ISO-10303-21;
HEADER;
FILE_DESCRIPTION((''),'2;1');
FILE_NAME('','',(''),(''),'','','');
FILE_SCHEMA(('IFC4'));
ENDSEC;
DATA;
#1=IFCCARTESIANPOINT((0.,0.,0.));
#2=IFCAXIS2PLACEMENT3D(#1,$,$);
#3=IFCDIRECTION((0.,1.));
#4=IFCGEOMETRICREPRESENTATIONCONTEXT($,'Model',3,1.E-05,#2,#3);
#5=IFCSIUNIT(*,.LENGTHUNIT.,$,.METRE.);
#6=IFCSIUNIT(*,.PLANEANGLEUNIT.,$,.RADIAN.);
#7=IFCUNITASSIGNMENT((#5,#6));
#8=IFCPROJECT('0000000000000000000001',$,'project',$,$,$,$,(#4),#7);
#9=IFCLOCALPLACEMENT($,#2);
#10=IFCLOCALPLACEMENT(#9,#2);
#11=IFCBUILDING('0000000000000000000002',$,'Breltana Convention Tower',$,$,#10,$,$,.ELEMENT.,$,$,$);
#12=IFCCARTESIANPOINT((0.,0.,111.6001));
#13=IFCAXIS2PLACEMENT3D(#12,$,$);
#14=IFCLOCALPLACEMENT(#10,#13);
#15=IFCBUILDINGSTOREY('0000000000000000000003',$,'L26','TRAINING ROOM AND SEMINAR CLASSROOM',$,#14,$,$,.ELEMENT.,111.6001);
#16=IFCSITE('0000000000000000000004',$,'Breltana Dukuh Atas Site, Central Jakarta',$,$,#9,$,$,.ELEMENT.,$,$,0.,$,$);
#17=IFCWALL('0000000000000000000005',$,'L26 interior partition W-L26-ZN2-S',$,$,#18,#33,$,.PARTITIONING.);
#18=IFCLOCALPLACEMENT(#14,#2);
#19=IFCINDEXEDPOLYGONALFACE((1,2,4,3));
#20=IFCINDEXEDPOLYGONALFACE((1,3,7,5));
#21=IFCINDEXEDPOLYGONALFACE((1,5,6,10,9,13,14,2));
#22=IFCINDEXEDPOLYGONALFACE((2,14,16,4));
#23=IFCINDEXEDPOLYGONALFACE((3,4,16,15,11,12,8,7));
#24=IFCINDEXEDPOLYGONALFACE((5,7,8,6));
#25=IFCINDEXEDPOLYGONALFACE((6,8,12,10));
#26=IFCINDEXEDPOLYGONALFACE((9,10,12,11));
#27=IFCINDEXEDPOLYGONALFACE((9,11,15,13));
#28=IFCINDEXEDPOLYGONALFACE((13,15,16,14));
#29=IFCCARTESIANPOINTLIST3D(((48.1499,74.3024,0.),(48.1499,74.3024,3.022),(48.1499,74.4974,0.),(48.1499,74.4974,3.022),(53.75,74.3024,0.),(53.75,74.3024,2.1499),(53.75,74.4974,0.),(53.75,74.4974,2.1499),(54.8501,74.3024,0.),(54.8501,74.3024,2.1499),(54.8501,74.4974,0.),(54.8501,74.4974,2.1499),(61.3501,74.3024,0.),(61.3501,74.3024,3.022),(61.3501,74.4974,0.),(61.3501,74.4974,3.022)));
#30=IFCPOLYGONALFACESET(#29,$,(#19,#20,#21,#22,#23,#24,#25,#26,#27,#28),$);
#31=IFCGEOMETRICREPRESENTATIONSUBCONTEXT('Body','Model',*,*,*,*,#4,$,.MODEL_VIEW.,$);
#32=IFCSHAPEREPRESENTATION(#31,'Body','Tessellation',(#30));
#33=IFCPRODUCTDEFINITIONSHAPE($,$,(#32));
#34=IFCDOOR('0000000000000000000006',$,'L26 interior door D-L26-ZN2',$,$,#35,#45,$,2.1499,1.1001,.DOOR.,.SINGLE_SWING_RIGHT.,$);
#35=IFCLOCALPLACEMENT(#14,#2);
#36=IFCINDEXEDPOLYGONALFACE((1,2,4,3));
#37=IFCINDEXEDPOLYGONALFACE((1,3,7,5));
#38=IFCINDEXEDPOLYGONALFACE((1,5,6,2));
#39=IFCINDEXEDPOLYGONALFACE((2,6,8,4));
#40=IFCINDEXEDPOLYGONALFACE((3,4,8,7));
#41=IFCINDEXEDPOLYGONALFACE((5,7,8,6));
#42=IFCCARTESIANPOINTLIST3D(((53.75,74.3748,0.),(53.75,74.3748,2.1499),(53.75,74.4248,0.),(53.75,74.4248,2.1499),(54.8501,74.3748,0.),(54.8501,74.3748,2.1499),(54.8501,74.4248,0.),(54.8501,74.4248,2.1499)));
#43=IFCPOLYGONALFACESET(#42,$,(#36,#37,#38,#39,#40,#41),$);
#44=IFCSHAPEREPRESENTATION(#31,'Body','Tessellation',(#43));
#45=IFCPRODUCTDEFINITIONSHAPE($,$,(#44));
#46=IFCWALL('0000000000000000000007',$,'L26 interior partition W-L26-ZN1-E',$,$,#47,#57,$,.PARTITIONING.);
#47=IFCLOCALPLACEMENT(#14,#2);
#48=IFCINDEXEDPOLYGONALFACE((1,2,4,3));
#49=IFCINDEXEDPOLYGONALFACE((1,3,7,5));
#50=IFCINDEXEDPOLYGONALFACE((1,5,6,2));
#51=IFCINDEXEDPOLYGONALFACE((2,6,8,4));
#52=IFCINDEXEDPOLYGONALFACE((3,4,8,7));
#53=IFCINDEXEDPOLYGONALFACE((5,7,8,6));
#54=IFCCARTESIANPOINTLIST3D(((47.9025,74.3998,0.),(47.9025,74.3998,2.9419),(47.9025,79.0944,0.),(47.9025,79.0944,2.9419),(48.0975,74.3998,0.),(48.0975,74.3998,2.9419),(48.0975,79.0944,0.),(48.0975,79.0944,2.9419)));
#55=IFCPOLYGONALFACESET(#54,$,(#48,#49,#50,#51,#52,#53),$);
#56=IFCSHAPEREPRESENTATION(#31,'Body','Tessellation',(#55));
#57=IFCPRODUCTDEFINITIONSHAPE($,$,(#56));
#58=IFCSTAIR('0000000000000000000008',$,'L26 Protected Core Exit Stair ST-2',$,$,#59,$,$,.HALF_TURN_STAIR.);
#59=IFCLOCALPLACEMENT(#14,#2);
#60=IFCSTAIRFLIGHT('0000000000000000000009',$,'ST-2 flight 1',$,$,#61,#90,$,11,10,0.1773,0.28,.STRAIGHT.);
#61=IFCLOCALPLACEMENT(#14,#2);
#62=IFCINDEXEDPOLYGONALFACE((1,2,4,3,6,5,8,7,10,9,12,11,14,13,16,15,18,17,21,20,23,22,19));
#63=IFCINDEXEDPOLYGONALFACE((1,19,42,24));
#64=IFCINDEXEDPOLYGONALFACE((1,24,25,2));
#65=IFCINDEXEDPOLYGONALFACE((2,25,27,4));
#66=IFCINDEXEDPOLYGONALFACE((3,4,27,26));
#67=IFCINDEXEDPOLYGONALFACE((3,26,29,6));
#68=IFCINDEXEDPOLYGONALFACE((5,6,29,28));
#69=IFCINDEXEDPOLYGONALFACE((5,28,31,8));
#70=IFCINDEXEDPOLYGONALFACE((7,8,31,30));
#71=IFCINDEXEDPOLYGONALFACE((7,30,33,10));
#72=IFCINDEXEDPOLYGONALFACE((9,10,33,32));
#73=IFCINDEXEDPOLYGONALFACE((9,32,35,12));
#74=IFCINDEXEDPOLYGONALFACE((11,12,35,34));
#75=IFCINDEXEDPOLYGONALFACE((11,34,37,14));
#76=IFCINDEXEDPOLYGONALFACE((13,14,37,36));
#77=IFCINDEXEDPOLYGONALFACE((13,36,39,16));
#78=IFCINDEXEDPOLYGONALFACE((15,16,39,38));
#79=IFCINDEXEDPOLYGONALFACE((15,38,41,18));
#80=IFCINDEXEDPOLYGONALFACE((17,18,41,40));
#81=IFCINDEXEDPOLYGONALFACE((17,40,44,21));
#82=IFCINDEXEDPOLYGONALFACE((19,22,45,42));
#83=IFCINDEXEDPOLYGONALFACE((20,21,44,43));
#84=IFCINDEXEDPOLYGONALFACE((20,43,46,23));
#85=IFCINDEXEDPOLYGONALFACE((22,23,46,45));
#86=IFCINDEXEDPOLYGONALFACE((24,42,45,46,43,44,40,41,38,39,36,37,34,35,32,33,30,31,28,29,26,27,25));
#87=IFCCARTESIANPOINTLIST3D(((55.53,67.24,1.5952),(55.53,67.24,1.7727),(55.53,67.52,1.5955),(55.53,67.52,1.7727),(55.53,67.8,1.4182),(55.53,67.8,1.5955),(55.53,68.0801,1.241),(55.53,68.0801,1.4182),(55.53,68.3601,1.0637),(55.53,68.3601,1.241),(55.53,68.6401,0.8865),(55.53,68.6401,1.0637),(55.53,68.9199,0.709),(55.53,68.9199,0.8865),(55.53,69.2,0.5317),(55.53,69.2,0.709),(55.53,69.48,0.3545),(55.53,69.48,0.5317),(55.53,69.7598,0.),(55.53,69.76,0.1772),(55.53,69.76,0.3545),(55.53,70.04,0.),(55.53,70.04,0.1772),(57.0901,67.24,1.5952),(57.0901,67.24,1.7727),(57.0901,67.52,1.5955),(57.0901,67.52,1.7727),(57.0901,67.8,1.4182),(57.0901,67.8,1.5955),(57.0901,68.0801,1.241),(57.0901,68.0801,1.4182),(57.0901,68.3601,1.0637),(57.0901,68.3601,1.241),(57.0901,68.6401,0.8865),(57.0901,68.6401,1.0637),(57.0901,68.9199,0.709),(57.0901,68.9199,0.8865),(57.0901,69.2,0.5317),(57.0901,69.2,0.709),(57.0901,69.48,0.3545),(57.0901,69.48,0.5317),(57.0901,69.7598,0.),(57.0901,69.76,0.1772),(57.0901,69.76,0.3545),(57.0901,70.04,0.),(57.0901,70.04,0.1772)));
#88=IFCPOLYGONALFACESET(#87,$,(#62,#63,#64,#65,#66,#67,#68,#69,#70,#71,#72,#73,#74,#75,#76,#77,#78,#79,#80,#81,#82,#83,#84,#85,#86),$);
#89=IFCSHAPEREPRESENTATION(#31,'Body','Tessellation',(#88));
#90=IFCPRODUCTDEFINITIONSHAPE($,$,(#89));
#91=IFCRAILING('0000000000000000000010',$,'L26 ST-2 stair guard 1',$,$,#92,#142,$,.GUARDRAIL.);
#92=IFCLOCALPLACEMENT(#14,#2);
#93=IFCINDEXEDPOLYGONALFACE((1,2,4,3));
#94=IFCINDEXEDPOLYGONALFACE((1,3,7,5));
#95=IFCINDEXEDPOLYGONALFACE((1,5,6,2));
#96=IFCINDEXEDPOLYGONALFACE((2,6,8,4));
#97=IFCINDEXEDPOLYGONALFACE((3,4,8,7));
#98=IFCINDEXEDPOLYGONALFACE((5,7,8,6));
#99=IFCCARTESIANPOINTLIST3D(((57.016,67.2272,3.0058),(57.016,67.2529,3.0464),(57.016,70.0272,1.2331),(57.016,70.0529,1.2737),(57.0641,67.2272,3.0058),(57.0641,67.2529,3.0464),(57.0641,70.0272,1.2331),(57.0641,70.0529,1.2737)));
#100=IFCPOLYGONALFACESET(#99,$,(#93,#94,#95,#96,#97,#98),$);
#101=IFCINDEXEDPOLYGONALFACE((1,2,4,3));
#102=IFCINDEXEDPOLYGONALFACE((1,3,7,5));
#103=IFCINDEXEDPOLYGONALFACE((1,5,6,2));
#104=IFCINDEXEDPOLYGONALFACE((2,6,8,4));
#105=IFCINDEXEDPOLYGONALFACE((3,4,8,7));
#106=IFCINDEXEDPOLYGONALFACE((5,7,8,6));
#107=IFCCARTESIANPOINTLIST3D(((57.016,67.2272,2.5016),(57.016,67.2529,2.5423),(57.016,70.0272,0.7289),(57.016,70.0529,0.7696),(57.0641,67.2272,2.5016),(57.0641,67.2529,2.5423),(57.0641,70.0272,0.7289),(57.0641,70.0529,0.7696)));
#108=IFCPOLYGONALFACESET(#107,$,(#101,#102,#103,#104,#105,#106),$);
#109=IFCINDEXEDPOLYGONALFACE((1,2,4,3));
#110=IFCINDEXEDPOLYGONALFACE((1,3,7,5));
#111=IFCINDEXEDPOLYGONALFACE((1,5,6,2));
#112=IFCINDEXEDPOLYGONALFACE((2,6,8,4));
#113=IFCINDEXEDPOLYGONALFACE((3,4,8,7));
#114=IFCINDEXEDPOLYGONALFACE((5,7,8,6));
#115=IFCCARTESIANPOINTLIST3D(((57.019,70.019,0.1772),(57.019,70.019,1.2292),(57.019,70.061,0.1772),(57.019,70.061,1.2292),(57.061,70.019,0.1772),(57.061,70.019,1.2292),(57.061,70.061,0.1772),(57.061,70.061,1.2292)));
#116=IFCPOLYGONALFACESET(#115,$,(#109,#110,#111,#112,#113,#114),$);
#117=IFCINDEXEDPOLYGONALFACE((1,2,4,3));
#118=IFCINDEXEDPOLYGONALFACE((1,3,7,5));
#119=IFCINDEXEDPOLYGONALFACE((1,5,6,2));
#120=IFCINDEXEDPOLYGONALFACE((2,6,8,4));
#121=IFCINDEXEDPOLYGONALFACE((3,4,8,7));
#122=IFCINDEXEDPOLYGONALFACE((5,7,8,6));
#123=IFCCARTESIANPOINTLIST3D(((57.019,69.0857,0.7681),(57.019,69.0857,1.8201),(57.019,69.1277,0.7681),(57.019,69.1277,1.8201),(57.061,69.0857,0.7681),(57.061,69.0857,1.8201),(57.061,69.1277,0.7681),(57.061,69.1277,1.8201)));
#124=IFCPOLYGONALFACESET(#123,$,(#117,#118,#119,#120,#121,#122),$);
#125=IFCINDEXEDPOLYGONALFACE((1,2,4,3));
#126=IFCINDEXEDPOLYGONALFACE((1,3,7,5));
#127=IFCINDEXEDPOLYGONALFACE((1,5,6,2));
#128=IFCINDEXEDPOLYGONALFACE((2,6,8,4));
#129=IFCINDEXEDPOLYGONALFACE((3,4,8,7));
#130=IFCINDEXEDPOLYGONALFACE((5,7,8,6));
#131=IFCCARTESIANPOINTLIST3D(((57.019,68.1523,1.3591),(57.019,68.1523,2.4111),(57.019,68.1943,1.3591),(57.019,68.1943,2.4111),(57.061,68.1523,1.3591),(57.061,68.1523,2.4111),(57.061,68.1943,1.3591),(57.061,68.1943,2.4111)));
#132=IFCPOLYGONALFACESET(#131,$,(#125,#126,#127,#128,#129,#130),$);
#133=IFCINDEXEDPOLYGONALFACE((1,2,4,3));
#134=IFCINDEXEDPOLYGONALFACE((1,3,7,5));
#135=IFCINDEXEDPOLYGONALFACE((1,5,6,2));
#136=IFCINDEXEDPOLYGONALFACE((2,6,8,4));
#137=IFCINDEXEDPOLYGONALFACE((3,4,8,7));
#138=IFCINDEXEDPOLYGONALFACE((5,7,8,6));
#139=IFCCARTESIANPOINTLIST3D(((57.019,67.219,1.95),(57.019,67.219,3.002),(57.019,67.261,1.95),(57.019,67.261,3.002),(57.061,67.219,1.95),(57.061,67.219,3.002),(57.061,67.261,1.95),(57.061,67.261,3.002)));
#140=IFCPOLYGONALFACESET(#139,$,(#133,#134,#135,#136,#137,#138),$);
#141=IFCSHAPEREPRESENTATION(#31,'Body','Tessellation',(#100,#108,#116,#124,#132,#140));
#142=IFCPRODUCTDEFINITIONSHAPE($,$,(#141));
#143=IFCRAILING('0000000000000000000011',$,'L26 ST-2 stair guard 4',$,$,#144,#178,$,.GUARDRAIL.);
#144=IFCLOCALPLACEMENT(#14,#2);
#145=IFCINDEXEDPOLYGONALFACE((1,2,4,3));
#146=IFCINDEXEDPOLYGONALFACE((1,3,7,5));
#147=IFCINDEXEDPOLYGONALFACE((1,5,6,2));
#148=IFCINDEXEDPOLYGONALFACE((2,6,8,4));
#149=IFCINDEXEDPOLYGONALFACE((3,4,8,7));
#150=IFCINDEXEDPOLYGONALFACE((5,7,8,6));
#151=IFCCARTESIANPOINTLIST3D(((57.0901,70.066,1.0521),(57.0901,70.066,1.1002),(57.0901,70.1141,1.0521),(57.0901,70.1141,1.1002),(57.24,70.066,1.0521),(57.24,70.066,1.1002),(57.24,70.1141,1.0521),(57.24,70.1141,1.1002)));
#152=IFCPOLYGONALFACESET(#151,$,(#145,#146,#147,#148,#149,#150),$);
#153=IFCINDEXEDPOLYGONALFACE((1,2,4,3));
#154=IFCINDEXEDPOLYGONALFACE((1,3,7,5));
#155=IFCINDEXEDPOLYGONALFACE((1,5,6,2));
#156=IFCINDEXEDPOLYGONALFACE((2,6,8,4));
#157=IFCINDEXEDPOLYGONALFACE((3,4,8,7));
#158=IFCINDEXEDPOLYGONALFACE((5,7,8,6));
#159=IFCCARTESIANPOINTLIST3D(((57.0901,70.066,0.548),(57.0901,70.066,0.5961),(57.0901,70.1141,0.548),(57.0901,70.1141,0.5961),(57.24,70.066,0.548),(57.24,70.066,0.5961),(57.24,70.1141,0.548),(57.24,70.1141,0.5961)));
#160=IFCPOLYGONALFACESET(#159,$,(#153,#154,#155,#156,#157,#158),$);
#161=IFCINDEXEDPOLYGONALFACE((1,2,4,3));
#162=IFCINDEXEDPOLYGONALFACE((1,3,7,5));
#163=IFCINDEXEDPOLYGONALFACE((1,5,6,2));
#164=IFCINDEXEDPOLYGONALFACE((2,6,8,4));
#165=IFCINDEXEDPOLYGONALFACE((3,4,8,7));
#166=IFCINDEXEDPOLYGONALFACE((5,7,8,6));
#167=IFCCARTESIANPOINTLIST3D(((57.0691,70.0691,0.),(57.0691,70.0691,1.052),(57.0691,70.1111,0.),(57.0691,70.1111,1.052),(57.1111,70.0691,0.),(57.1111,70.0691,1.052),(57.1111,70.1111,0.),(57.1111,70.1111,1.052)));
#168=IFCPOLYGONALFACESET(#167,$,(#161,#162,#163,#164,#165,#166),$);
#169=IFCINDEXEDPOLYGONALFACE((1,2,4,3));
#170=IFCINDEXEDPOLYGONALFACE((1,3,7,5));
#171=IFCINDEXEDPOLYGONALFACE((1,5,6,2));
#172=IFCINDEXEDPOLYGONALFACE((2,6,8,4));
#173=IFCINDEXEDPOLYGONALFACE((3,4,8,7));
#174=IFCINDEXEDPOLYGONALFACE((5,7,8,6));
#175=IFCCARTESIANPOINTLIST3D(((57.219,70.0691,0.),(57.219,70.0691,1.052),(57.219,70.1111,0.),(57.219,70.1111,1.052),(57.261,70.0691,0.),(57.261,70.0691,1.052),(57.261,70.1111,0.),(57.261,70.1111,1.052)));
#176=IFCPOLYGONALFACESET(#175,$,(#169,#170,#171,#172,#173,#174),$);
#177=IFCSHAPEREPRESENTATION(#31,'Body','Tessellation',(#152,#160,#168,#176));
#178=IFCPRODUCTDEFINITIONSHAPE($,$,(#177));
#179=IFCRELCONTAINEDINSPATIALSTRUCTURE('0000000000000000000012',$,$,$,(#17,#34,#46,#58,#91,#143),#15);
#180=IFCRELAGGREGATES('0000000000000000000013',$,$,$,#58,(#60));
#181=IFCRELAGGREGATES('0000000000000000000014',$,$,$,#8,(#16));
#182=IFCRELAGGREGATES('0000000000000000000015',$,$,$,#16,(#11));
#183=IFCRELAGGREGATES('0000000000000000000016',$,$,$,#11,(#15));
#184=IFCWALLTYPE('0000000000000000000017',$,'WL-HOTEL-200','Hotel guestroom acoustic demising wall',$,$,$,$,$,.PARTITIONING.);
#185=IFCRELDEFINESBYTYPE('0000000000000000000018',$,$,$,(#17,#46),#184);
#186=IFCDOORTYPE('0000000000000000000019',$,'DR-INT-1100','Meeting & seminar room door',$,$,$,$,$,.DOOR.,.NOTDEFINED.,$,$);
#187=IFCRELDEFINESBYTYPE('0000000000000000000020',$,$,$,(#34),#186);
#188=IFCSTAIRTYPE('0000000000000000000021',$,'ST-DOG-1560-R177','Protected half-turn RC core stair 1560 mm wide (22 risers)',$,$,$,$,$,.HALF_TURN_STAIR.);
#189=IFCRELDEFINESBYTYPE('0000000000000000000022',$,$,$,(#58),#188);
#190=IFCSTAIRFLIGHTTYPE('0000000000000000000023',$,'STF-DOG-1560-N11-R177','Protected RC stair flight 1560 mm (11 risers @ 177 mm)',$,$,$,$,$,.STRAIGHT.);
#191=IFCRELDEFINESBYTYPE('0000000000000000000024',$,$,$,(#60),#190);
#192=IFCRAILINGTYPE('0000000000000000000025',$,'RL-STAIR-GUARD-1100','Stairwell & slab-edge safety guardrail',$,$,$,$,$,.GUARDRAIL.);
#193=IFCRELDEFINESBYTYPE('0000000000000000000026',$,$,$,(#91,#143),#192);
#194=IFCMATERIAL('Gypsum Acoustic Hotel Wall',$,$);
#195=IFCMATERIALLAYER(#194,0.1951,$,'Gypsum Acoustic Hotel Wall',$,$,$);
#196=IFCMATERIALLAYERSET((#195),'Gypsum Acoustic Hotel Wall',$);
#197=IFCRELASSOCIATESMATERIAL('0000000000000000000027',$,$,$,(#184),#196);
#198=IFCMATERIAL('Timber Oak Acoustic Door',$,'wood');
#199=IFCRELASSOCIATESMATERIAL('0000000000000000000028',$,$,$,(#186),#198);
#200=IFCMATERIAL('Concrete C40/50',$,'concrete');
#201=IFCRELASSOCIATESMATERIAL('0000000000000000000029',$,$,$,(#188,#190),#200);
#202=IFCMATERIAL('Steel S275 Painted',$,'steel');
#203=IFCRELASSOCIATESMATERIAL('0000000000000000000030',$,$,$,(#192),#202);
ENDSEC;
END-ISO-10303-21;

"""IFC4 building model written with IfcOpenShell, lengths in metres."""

from ifc_helpers import new_model, si_unit, direction, frame, frame_2d, origin, origin_2d, place, context, subcontext, project, spatial, polyline, rectangle, outline, extrude, source, transform, mapped, material, layer, layer_set, type_object, type_shapes, element, fill, aggregate, save


model = new_model("IFC4")

# Units and contexts
model_context = context("Model", 3, precision=1e-05, world=origin(), true_north=direction((0.0, 1.0)))
body_context = subcontext(model_context, "Body", "Model", "MODEL_VIEW")
ifc_project = project(units=[si_unit("LENGTHUNIT", "METRE"), si_unit("PLANEANGLEUNIT", "RADIAN")], contexts=[model_context])

# Site, building, storey
site_placement = place(None, origin())
site = spatial("IfcSite", under=ifc_project, at=site_placement, Name="Breltana Dukuh Atas Site, Central Jakarta", CompositionType="ELEMENT", RefElevation=0.0)
building_placement = place(site_placement, origin())
building = spatial("IfcBuilding", under=site, at=building_placement, Name="Breltana Convention Tower", CompositionType="ELEMENT")
storey_placement = place(building_placement, frame((0.0, 0.0, 111.6001)))
storey = spatial("IfcBuildingStorey", under=building, at=storey_placement, Name="L26", Description="TRAINING ROOM AND SEMINAR CLASSROOM", CompositionType="ELEMENT", Elevation=111.6001)

# Wall, opening, door
ifc_material_1 = material(Name="Gypsum Acoustic Hotel Wall")
ifc_layer_1 = layer(ifc_material_1, 0.1951, Name="Gypsum Acoustic Hotel Wall")
ifc_layer_set_1 = layer_set([ifc_layer_1], Name="Gypsum Acoustic Hotel Wall")
wall_type_1 = type_object("IfcWallType", Name="WL-HOTEL-200", Description="Hotel guestroom acoustic demising wall", PredefinedType="PARTITIONING", material=ifc_layer_set_1)
shared_shape_1 = source(origin(), body_context, "Body", "SweptSolid", [
    extrude(rectangle(XDim=13.2002, YDim=0.1951, at=frame_2d((6.6001, 0.0))), origin(), (0.0, 0.0, 1.0), 3.022),
])
wall_1_placement = place(storey_placement, frame((48.1499, 74.3999, 0.0), z_axis=(0.0, 0.0, 1.0), x_axis=(1.0, 0.0, 0.0)))
wall_1 = element("IfcWall", 1, at=wall_1_placement, inside=storey, type_object=wall_type_1, Name="L26 interior partition W-L26-ZN2-S", PredefinedType="PARTITIONING", context=body_context, shape_type="MappedRepresentation", body=[
    mapped(shared_shape_1, transform((0.0, 0.0, 0.0), scale=1.0)),
])
opening_1_placement = place(wall_1_placement, frame((5.6001, 0.0, 0.0)))
opening_1 = element("IfcOpeningElement", 2, at=opening_1_placement, cuts=wall_1, PredefinedType="OPENING", context=body_context, shape_type="SweptSolid", body=[
    extrude(rectangle(XDim=1.1001, YDim=2.1499, at=frame_2d((0.55, 1.075))), frame((0.0, 0.1074, 0.0), z_axis=(0.0, -1.0, 0.0), x_axis=(1.0, 0.0, 0.0)), (0.0, 0.0, 1.0), 0.2151),
])
ifc_material_2 = material(Name="Timber Oak Acoustic Door", Category="wood")
door_type_1 = type_object("IfcDoorType", Name="DR-INT-1100", Description="Meeting & seminar room door", OperationType="NOTDEFINED", PredefinedType="DOOR", material=ifc_material_2)
shared_shape_2 = source(origin(), body_context, "Body", "SweptSolid", [
    extrude(rectangle(XDim=1.1001, YDim=2.1499, at=frame_2d((0.55, 1.075))), frame((0.0, 0.0249, 0.0), z_axis=(0.0, -1.0, 0.0), x_axis=(1.0, 0.0, 0.0)), (0.0, 0.0, 1.0), 0.05),
])
type_shapes(door_type_1, [shared_shape_2])
door_1_placement = place(opening_1_placement, origin())
door_1 = element("IfcDoor", 3, at=door_1_placement, inside=storey, type_object=door_type_1, Name="L26 interior door D-L26-ZN2", OperationType="SINGLE_SWING_RIGHT", OverallHeight=2.1499, OverallWidth=1.1001, PredefinedType="DOOR", context=body_context, shape_type="MappedRepresentation", body=[
    mapped(shared_shape_2, transform((0.0, 0.0, 0.0), scale=1.0)),
])
fill(opening_1, door_1)

# Wall
shared_shape_3 = source(origin(), body_context, "Body", "SweptSolid", [
    extrude(rectangle(XDim=4.6946, YDim=0.1951, at=frame_2d((2.3472, 0.0))), origin(), (0.0, 0.0, 1.0), 2.9419),
])
wall_2_placement = place(storey_placement, frame((48.0, 74.3999, 0.0), z_axis=(0.0, 0.0, 1.0), x_axis=(0.0, 1.0, 0.0)))
element("IfcWall", 4, at=wall_2_placement, inside=storey, type_object=wall_type_1, Name="L26 interior partition W-L26-ZN1-E", PredefinedType="PARTITIONING", context=body_context, shape_type="MappedRepresentation", body=[
    mapped(shared_shape_3, transform((0.0, 0.0, 0.0), scale=1.0)),
])

# Stair, stair flight
ifc_material_3 = material(Name="Concrete C40/50", Category="concrete")
stair_type = type_object("IfcStairType", Name="ST-DOG-1560-R177", Description="Protected half-turn RC core stair 1560 mm wide (22 risers)", PredefinedType="HALF_TURN_STAIR", material=ifc_material_3)
stair_placement = place(storey_placement, origin())
stair = element("IfcStair", 5, at=stair_placement, inside=storey, type_object=stair_type, Name="L26 Protected Core Exit Stair ST-2", PredefinedType="HALF_TURN_STAIR")
stair_flight_type = type_object("IfcStairFlightType", Name="STF-DOG-1560-N11-R177", Description="Protected RC stair flight 1560 mm (11 risers @ 177 mm)", PredefinedType="STRAIGHT", material=ifc_material_3)
stair_flight_placement = place(storey_placement, frame((56.3101, 70.04, 0.0), z_axis=(0.0, 0.0, 1.0), x_axis=(0.0, -1.0, 0.0)))
stair_flight = element("IfcStairFlight", 6, at=stair_flight_placement, type_object=stair_flight_type, Name="ST-2 flight 1", NumberOfRisers=11, NumberOfTreads=10, PredefinedType="STRAIGHT", RiserHeight=0.1773, TreadLength=0.28, context=body_context, shape_type="SweptSolid", body=[
    extrude(outline(polyline([(0.0, 0.0), (0.0, 0.1772), (0.28, 0.1772), (0.28, 0.3545), (0.5601, 0.3545), (0.5601, 0.5317), (0.8401, 0.5317), (0.8401, 0.709), (1.1201, 0.709), (1.1201, 0.8865), (1.3999, 0.8865), (1.3999, 1.0637), (1.6799, 1.0637), (1.6799, 1.241), (1.96, 1.241), (1.96, 1.4182), (2.24, 1.4182), (2.24, 1.5955), (2.52, 1.5955), (2.52, 1.7727), (2.8, 1.7727), (2.8, 1.95), (2.8, 1.5952), (0.2803, 0.0), (0.0, 0.0)])), frame((0.0, 0.78, 0.0), z_axis=(0.0, -1.0, 0.0), x_axis=(1.0, 0.0, 0.0)), (0.0, 0.0, 1.0), 1.5601),
])
aggregate(stair, [stair_flight])

# Railings
ifc_material_4 = material(Name="Steel S275 Painted", Category="steel")
railing_type_1 = type_object("IfcRailingType", Name="RL-STAIR-GUARD-1100", Description="Stairwell & slab-edge safety guardrail", PredefinedType="GUARDRAIL", material=ifc_material_4)
railing_1_placement = place(storey_placement, frame((57.04, 70.04, 0.1772)))
element("IfcRailing", 7, at=railing_1_placement, inside=storey, type_object=railing_type_1, Name="L26 ST-2 stair guard 1", PredefinedType="GUARDRAIL", context=body_context, shape_type="SweptSolid", body=[
    extrude(rectangle(XDim=0.0481, YDim=0.0481, at=origin_2d()), frame((0.0, 0.0, 1.0762), z_axis=(0.0, -0.844909, 0.53491), x_axis=(1.0, 0.0, 0.0)), (0.0, 0.0, 1.0), 3.314),
    extrude(rectangle(XDim=0.0481, YDim=0.0481, at=origin_2d()), frame((0.0, 0.0, 0.572), z_axis=(0.0, -0.844909, 0.53491), x_axis=(1.0, 0.0, 0.0)), (0.0, 0.0, 1.0), 3.314),
    extrude(rectangle(XDim=0.042, YDim=0.042, at=origin_2d()), origin(), (0.0, 0.0, 1.0), 1.052),
    extrude(rectangle(XDim=0.042, YDim=0.042, at=origin_2d()), frame((0.0, -0.9333, 0.5908)), (0.0, 0.0, 1.0), 1.052),
    extrude(rectangle(XDim=0.042, YDim=0.042, at=origin_2d()), frame((0.0, -1.8667, 1.1819)), (0.0, 0.0, 1.0), 1.052),
    extrude(rectangle(XDim=0.042, YDim=0.042, at=origin_2d()), frame((0.0, -2.8, 1.7727)), (0.0, 0.0, 1.0), 1.052),
])
railing_2_placement = place(storey_placement, frame((57.0901, 70.0901, 0.0)))
element("IfcRailing", 8, at=railing_2_placement, inside=storey, type_object=railing_type_1, Name="L26 ST-2 stair guard 4", PredefinedType="GUARDRAIL", context=body_context, shape_type="SweptSolid", body=[
    extrude(rectangle(XDim=0.0481, YDim=0.0481, at=origin_2d()), frame((0.0, 0.0, 1.0762), z_axis=(1.0, 0.0, 0.0), x_axis=(0.0, 1.0, 0.0)), (0.0, 0.0, 1.0), 0.1499),
    extrude(rectangle(XDim=0.0481, YDim=0.0481, at=origin_2d()), frame((0.0, 0.0, 0.572), z_axis=(1.0, 0.0, 0.0), x_axis=(0.0, 1.0, 0.0)), (0.0, 0.0, 1.0), 0.1499),
    extrude(rectangle(XDim=0.042, YDim=0.042, at=origin_2d()), origin(), (0.0, 0.0, 1.0), 1.052),
    extrude(rectangle(XDim=0.042, YDim=0.042, at=origin_2d()), frame((0.1499, 0.0, 0.0)), (0.0, 0.0, 1.0), 1.052),
])

save(model, "model.ifc")
